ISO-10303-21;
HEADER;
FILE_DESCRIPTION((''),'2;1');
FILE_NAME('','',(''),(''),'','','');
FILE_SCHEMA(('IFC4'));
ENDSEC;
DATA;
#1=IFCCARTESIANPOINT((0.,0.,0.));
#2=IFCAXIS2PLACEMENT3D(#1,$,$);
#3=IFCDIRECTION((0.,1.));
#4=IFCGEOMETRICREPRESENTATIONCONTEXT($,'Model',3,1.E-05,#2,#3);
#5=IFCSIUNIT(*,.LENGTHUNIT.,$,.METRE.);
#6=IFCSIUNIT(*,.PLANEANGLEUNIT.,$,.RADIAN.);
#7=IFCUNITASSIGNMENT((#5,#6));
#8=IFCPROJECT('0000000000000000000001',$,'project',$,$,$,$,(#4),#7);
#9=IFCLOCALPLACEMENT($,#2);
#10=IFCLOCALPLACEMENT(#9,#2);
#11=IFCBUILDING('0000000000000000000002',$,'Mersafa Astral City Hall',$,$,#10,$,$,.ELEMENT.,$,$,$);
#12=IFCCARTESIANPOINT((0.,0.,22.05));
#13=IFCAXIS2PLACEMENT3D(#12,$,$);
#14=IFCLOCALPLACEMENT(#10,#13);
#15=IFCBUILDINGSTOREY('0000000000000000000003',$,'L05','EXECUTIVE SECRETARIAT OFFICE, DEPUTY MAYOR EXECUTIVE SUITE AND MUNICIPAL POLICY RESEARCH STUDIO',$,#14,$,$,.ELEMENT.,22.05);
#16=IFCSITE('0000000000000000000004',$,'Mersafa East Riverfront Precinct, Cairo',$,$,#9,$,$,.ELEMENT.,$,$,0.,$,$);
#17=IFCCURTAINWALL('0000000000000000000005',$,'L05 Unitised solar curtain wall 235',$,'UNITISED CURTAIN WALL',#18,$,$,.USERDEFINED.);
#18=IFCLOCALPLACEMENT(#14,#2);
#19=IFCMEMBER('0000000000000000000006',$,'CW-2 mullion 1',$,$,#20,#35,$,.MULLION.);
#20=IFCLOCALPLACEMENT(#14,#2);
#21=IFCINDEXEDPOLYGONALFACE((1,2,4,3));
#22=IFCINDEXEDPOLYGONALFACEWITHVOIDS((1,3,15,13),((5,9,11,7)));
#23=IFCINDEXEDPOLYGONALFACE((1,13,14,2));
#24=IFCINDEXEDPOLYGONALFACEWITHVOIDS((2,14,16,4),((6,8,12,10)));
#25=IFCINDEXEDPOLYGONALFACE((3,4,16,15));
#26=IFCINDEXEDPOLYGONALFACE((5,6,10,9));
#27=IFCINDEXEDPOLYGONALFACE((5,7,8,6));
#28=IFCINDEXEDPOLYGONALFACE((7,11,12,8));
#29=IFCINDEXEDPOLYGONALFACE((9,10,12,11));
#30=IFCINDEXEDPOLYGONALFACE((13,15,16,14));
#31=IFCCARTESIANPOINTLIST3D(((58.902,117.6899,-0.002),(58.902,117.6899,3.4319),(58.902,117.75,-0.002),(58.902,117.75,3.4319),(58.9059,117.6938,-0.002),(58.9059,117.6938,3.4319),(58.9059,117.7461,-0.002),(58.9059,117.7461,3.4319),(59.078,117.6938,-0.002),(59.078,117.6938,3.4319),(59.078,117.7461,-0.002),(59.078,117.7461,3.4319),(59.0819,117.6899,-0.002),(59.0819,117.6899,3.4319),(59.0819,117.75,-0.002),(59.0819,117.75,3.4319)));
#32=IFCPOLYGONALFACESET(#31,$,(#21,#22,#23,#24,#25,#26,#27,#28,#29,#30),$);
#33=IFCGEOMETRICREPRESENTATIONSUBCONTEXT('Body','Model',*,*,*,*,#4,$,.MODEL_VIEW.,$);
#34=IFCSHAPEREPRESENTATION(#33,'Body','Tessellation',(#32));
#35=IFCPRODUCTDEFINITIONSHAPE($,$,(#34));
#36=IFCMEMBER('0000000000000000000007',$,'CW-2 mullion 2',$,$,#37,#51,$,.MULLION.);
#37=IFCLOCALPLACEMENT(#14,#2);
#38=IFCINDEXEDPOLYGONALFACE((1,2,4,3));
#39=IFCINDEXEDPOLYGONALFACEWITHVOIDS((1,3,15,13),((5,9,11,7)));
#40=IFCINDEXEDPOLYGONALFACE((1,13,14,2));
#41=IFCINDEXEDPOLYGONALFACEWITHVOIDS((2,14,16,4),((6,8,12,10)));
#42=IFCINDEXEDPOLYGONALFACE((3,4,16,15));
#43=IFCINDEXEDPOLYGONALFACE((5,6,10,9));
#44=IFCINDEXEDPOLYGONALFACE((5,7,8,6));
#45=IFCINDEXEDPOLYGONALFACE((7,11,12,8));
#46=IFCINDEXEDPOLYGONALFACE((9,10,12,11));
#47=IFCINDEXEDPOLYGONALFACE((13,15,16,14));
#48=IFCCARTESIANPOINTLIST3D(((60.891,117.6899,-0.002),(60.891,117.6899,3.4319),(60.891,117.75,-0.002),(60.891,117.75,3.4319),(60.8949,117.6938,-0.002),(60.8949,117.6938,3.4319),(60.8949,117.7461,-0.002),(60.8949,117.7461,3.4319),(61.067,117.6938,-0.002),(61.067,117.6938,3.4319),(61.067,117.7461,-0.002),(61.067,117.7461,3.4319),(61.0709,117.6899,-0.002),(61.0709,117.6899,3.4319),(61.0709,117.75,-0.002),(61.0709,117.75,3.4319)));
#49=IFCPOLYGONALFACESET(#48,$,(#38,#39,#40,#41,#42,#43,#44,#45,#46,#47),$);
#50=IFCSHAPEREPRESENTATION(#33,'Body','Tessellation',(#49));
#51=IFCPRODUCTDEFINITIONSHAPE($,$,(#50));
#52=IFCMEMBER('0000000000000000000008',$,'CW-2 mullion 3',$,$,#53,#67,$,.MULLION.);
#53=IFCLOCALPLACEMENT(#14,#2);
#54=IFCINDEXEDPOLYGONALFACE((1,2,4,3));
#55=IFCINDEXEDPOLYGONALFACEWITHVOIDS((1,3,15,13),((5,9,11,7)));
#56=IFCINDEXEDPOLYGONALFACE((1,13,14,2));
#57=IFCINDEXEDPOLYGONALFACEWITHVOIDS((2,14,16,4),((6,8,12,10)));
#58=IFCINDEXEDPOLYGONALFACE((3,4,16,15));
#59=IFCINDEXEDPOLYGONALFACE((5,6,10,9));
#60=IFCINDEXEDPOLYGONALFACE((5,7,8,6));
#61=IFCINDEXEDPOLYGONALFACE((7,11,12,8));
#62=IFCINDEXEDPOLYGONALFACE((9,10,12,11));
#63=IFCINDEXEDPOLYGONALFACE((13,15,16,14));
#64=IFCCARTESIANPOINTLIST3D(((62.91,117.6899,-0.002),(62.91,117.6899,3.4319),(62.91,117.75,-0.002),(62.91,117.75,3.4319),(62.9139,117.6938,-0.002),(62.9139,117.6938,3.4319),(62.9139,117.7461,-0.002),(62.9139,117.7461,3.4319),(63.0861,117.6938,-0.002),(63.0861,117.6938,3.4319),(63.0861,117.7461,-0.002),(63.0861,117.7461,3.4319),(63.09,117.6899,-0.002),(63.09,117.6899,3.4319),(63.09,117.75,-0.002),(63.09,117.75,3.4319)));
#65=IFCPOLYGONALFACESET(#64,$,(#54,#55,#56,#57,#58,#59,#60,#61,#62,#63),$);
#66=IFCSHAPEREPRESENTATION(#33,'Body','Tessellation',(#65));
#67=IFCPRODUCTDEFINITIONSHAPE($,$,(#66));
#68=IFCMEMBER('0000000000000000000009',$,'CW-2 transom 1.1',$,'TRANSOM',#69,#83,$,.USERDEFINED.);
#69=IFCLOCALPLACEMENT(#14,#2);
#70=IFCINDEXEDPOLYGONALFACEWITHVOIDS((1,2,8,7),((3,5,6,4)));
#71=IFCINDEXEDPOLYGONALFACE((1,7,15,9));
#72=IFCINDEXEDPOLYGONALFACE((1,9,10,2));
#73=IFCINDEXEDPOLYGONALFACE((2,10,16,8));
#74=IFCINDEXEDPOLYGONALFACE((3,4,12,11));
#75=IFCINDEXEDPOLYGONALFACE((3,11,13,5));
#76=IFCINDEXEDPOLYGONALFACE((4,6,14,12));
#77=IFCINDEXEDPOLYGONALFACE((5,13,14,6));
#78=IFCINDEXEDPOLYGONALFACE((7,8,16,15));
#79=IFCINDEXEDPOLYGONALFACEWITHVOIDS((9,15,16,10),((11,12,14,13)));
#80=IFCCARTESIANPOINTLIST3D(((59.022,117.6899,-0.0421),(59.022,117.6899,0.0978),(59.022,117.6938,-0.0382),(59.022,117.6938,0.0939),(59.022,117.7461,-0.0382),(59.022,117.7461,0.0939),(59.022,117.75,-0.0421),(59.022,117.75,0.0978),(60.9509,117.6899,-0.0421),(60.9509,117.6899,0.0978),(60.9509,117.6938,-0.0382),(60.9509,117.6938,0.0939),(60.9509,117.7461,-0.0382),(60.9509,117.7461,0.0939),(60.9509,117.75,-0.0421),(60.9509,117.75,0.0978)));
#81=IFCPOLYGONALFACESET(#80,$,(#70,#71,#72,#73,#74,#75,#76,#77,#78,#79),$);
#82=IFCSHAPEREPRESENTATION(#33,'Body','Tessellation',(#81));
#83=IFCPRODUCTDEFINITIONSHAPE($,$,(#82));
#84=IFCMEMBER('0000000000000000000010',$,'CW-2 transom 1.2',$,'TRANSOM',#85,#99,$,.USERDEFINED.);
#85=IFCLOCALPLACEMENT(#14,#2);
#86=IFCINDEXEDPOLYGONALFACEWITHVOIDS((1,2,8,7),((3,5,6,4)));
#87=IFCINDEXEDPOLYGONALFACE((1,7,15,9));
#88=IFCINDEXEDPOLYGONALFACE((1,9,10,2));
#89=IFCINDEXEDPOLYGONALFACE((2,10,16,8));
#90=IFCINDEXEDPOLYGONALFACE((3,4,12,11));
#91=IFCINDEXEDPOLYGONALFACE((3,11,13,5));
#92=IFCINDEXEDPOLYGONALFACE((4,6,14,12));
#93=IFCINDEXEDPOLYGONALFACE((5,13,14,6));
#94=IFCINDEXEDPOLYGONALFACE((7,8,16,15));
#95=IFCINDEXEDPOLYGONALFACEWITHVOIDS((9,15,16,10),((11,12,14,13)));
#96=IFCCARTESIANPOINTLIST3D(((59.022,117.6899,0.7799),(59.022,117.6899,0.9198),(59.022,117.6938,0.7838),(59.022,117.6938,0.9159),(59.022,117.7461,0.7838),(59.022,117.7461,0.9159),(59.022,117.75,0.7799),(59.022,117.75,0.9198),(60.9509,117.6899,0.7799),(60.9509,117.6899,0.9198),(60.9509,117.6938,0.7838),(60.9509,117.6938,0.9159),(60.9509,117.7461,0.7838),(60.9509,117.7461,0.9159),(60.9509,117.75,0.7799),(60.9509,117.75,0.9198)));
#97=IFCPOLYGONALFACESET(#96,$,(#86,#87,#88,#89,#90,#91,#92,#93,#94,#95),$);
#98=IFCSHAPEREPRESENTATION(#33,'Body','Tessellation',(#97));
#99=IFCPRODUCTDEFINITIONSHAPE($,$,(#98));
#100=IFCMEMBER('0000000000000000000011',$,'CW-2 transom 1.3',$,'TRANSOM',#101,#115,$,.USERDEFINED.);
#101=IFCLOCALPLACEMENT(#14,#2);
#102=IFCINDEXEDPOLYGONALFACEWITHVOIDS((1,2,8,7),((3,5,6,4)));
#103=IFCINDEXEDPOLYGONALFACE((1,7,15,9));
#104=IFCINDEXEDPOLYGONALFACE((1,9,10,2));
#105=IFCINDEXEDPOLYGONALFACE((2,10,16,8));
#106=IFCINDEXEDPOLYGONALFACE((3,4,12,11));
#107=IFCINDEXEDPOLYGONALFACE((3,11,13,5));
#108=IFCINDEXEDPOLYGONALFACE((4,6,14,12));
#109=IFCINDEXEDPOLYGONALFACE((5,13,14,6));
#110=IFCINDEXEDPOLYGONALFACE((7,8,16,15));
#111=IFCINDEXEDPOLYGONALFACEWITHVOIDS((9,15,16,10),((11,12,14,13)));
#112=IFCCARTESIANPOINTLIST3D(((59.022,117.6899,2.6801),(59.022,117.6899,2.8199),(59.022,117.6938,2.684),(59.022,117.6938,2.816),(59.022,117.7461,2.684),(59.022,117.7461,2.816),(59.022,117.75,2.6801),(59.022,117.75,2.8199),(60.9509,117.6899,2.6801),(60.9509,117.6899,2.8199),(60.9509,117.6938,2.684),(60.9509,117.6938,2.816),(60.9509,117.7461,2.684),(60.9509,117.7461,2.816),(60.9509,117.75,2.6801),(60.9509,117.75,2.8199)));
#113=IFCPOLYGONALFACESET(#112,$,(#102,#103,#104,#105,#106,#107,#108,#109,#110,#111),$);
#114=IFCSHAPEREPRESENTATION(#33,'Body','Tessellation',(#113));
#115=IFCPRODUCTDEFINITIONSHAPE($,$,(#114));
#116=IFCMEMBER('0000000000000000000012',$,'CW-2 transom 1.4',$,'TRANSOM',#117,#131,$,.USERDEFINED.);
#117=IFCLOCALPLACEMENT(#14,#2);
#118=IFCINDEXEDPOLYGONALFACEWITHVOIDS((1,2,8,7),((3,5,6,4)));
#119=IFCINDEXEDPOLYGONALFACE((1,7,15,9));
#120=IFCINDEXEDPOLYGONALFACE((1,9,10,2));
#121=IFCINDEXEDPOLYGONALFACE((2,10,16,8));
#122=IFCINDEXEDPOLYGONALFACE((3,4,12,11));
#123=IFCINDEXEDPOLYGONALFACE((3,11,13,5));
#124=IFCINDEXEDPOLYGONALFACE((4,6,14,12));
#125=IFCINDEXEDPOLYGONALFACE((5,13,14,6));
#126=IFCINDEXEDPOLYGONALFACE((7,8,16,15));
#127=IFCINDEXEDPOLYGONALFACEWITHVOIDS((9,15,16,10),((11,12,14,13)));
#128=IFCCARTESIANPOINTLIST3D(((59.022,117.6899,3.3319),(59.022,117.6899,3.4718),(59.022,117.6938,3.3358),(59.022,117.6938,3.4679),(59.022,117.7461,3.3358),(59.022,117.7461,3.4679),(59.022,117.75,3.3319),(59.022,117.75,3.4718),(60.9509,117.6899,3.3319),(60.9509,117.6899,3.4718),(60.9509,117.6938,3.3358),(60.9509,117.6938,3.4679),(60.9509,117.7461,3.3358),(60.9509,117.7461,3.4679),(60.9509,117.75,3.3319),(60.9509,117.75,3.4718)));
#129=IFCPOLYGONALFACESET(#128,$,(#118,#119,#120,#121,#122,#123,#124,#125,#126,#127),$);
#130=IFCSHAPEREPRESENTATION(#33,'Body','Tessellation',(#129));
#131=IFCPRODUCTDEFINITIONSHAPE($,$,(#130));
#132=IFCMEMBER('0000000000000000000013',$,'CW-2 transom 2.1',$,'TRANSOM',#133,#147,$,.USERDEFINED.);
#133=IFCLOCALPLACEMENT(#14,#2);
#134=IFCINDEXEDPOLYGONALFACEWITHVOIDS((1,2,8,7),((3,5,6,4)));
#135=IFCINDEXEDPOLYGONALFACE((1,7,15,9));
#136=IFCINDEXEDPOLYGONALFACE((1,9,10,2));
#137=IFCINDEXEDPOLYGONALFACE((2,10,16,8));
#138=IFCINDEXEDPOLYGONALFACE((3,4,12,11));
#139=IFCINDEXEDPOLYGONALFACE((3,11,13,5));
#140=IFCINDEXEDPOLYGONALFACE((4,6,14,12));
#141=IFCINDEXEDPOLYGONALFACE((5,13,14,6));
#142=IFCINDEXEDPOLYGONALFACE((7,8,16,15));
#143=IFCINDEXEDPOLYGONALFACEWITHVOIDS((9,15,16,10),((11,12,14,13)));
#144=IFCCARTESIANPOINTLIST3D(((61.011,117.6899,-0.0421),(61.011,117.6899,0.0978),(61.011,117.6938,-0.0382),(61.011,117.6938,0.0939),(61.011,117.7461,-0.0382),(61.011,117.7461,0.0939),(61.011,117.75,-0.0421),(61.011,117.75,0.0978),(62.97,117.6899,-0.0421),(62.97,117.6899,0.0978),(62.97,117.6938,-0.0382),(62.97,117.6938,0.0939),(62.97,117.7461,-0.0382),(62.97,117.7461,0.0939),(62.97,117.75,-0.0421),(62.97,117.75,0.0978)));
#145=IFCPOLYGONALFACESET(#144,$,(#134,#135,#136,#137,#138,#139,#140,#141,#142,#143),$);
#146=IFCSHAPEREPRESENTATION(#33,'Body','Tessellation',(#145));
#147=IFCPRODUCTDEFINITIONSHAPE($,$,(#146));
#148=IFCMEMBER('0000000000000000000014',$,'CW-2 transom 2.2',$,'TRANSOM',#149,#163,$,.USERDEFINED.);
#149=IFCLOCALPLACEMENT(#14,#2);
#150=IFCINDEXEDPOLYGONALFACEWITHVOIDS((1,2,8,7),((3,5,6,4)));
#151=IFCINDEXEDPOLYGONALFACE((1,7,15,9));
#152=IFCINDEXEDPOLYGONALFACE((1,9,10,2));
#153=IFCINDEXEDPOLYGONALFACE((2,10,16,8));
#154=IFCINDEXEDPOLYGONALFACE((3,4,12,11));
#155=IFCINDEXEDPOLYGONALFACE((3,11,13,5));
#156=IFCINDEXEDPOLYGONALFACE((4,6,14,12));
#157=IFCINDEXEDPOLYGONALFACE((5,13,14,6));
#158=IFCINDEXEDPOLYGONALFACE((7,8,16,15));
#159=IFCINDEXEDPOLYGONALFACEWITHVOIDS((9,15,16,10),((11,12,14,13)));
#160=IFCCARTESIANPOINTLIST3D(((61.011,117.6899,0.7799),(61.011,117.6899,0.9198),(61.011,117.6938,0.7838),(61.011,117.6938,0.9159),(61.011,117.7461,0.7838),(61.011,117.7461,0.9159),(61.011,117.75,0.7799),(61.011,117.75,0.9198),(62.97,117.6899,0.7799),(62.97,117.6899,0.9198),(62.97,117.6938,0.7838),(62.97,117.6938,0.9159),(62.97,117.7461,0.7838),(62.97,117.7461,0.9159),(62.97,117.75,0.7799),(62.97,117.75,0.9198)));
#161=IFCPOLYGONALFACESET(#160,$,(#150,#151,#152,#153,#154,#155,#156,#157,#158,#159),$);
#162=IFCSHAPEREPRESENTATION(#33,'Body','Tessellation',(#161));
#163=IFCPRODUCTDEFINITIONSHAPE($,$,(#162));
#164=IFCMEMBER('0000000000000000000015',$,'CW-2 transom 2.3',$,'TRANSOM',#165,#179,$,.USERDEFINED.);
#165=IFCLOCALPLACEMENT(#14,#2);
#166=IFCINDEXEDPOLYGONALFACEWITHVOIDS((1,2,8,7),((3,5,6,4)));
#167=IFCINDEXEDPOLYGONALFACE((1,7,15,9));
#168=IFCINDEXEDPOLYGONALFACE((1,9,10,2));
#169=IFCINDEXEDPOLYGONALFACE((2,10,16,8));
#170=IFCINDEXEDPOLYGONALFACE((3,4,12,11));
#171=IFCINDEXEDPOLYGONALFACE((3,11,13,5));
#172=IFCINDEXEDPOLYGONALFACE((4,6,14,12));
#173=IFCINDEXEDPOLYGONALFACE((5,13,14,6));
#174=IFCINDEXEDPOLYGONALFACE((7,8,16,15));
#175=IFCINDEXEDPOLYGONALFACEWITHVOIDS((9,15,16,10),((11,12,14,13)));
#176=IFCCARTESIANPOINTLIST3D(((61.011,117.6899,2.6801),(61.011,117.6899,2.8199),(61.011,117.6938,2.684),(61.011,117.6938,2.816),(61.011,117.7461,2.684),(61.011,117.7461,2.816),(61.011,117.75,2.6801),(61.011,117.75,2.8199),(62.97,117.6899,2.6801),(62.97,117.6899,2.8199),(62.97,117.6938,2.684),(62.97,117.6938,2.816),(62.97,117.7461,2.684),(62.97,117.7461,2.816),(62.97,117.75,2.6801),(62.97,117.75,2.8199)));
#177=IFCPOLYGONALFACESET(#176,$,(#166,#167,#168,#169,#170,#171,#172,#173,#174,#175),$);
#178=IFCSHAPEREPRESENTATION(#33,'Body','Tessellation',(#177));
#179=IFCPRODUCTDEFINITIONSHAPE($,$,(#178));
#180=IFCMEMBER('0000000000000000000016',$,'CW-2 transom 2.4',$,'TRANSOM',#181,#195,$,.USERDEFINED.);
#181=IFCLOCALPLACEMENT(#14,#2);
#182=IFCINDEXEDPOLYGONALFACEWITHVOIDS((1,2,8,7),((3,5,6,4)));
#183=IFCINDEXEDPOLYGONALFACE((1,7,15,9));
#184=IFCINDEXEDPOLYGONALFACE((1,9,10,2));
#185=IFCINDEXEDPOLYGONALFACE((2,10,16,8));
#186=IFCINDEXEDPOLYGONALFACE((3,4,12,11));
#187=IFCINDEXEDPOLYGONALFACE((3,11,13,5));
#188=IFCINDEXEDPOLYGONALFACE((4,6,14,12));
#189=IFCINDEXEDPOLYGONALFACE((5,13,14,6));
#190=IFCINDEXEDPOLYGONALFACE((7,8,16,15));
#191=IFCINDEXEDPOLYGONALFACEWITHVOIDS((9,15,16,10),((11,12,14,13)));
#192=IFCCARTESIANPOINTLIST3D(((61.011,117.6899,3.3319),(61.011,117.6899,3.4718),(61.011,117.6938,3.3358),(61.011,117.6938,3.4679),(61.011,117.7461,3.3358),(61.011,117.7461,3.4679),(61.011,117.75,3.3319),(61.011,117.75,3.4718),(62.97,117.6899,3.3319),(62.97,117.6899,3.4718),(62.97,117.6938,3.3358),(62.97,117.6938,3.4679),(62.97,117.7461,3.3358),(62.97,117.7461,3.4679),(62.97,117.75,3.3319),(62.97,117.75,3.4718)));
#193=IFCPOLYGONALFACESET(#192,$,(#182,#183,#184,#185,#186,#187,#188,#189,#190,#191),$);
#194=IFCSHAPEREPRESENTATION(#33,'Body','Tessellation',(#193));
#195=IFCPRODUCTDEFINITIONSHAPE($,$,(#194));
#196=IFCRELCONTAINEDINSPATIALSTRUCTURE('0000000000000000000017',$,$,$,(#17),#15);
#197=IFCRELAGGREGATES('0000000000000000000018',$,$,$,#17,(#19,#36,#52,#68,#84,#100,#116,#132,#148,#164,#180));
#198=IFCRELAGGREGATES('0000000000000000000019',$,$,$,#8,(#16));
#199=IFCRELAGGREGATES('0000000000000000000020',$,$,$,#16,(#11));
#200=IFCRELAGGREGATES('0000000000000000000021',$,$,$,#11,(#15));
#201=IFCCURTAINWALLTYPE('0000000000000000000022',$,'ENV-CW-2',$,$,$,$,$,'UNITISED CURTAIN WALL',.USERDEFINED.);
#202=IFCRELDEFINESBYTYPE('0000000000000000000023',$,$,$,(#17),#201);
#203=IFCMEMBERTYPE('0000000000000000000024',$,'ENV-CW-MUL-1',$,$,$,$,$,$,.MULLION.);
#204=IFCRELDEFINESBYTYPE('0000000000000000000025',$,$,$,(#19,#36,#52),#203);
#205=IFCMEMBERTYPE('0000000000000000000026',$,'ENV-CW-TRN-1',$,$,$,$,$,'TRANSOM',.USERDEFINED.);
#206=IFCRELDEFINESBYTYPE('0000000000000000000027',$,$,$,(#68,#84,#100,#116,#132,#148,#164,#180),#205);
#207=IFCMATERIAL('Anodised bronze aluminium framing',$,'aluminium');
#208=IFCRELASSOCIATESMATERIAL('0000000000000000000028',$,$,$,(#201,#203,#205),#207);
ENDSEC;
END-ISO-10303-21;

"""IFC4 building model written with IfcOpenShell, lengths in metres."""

from ifc_helpers import new_model, si_unit, direction, frame, origin, origin_2d, place, context, subcontext, project, spatial, hollow_rectangle, extrude, material, material_profile, profile_set, type_object, element, aggregate, save


model = new_model("IFC4")

# Units and contexts
model_context = context("Model", 3, precision=1e-05, world=origin(), true_north=direction((0.0, 1.0)))
body_context = subcontext(model_context, "Body", "Model", "MODEL_VIEW")
ifc_project = project(units=[si_unit("LENGTHUNIT", "METRE"), si_unit("PLANEANGLEUNIT", "RADIAN")], contexts=[model_context])

# Site, building, storey
site_placement = place(None, origin())
site = spatial("IfcSite", under=ifc_project, at=site_placement, Name="Mersafa East Riverfront Precinct, Cairo", CompositionType="ELEMENT", RefElevation=0.0)
building_placement = place(site_placement, origin())
building = spatial("IfcBuilding", under=site, at=building_placement, Name="Mersafa Astral City Hall", CompositionType="ELEMENT")
storey_placement = place(building_placement, frame((0.0, 0.0, 22.05)))
storey = spatial("IfcBuildingStorey", under=building, at=storey_placement, Name="L05", Description="EXECUTIVE SECRETARIAT OFFICE, DEPUTY MAYOR EXECUTIVE SUITE AND MUNICIPAL POLICY RESEARCH STUDIO", CompositionType="ELEMENT", Elevation=22.05)

# Curtain wall, members
ifc_material_1 = material(Name="Anodised bronze aluminium framing", Category="aluminium")
curtain_wall_type = type_object("IfcCurtainWallType", Name="ENV-CW-2", ElementType="UNITISED CURTAIN WALL", PredefinedType="USERDEFINED", material=ifc_material_1)
curtain_wall_placement = place(storey_placement, origin())
curtain_wall = element("IfcCurtainWall", 1, at=curtain_wall_placement, inside=storey, type_object=curtain_wall_type, Name="L05 Unitised solar curtain wall 235", ObjectType="UNITISED CURTAIN WALL", PredefinedType="USERDEFINED")
ifc_material_profile_1 = material_profile(ifc_material_1, hollow_rectangle(XDim=0.0601, YDim=0.1799, WallThickness=0.0039, at=origin_2d()), Name="RHS 60x180x4")
ifc_profile_set_1 = profile_set([ifc_material_profile_1], Name="Anodised bronze aluminium framing")
member_type_1 = type_object("IfcMemberType", Name="ENV-CW-MUL-1", PredefinedType="MULLION", material=ifc_profile_set_1)
member_1_placement = place(storey_placement, frame((58.9919, 117.72, -0.002), z_axis=(0.0, 0.0, 1.0), x_axis=(0.0, 1.0, 0.0)))
member_1 = element("IfcMember", 2, at=member_1_placement, type_object=member_type_1, Name="CW-2 mullion 1", PredefinedType="MULLION", context=body_context, shape_type="SweptSolid", body=[
    extrude(hollow_rectangle(XDim=0.0601, YDim=0.1799, WallThickness=0.0039, at=origin_2d()), origin(), (0.0, 0.0, 1.0), 3.4338),
])
member_2_placement = place(storey_placement, frame((60.981, 117.72, -0.002), z_axis=(0.0, 0.0, 1.0), x_axis=(0.0, 1.0, 0.0)))
member_2 = element("IfcMember", 3, at=member_2_placement, type_object=member_type_1, Name="CW-2 mullion 2", PredefinedType="MULLION", context=body_context, shape_type="SweptSolid", body=[
    extrude(hollow_rectangle(XDim=0.0601, YDim=0.1799, WallThickness=0.0039, at=origin_2d()), origin(), (0.0, 0.0, 1.0), 3.4338),
])
member_3_placement = place(storey_placement, frame((63.0, 117.72, -0.002), z_axis=(0.0, 0.0, 1.0), x_axis=(0.0, 1.0, 0.0)))
member_3 = element("IfcMember", 4, at=member_3_placement, type_object=member_type_1, Name="CW-2 mullion 3", PredefinedType="MULLION", context=body_context, shape_type="SweptSolid", body=[
    extrude(hollow_rectangle(XDim=0.0601, YDim=0.1799, WallThickness=0.0039, at=origin_2d()), origin(), (0.0, 0.0, 1.0), 3.4338),
])
ifc_material_profile_2 = material_profile(ifc_material_1, hollow_rectangle(XDim=0.0601, YDim=0.1399, WallThickness=0.0039, at=origin_2d()), Name="RHS 60x140x4")
ifc_profile_set_2 = profile_set([ifc_material_profile_2], Name="Anodised bronze aluminium framing")
member_type_2 = type_object("IfcMemberType", Name="ENV-CW-TRN-1", ElementType="TRANSOM", PredefinedType="USERDEFINED", material=ifc_profile_set_2)
member_4_placement = place(storey_placement, frame((59.022, 117.72, 0.0278), z_axis=(1.0, 0.0, 0.0), x_axis=(0.0, 1.0, 0.0)))
member_4 = element("IfcMember", 5, at=member_4_placement, type_object=member_type_2, Name="CW-2 transom 1.1", ObjectType="TRANSOM", PredefinedType="USERDEFINED", context=body_context, shape_type="SweptSolid", body=[
    extrude(hollow_rectangle(XDim=0.0601, YDim=0.1399, WallThickness=0.0039, at=origin_2d()), origin(), (0.0, 0.0, 1.0), 1.929),
])
member_5_placement = place(storey_placement, frame((59.022, 117.72, 0.8499), z_axis=(1.0, 0.0, 0.0), x_axis=(0.0, 1.0, 0.0)))
member_5 = element("IfcMember", 6, at=member_5_placement, type_object=member_type_2, Name="CW-2 transom 1.2", ObjectType="TRANSOM", PredefinedType="USERDEFINED", context=body_context, shape_type="SweptSolid", body=[
    extrude(hollow_rectangle(XDim=0.0601, YDim=0.1399, WallThickness=0.0039, at=origin_2d()), origin(), (0.0, 0.0, 1.0), 1.929),
])
member_6_placement = place(storey_placement, frame((59.022, 117.72, 2.75), z_axis=(1.0, 0.0, 0.0), x_axis=(0.0, 1.0, 0.0)))
member_6 = element("IfcMember", 7, at=member_6_placement, type_object=member_type_2, Name="CW-2 transom 1.3", ObjectType="TRANSOM", PredefinedType="USERDEFINED", context=body_context, shape_type="SweptSolid", body=[
    extrude(hollow_rectangle(XDim=0.0601, YDim=0.1399, WallThickness=0.0039, at=origin_2d()), origin(), (0.0, 0.0, 1.0), 1.929),
])
member_7_placement = place(storey_placement, frame((59.022, 117.72, 3.4019), z_axis=(1.0, 0.0, 0.0), x_axis=(0.0, 1.0, 0.0)))
member_7 = element("IfcMember", 8, at=member_7_placement, type_object=member_type_2, Name="CW-2 transom 1.4", ObjectType="TRANSOM", PredefinedType="USERDEFINED", context=body_context, shape_type="SweptSolid", body=[
    extrude(hollow_rectangle(XDim=0.0601, YDim=0.1399, WallThickness=0.0039, at=origin_2d()), origin(), (0.0, 0.0, 1.0), 1.929),
])
member_8_placement = place(storey_placement, frame((61.011, 117.72, 0.0278), z_axis=(1.0, 0.0, 0.0), x_axis=(0.0, 1.0, 0.0)))
member_8 = element("IfcMember", 9, at=member_8_placement, type_object=member_type_2, Name="CW-2 transom 2.1", ObjectType="TRANSOM", PredefinedType="USERDEFINED", context=body_context, shape_type="SweptSolid", body=[
    extrude(hollow_rectangle(XDim=0.0601, YDim=0.1399, WallThickness=0.0039, at=origin_2d()), origin(), (0.0, 0.0, 1.0), 1.959),
])
member_9_placement = place(storey_placement, frame((61.011, 117.72, 0.8499), z_axis=(1.0, 0.0, 0.0), x_axis=(0.0, 1.0, 0.0)))
member_9 = element("IfcMember", 10, at=member_9_placement, type_object=member_type_2, Name="CW-2 transom 2.2", ObjectType="TRANSOM", PredefinedType="USERDEFINED", context=body_context, shape_type="SweptSolid", body=[
    extrude(hollow_rectangle(XDim=0.0601, YDim=0.1399, WallThickness=0.0039, at=origin_2d()), origin(), (0.0, 0.0, 1.0), 1.959),
])
member_10_placement = place(storey_placement, frame((61.011, 117.72, 2.75), z_axis=(1.0, 0.0, 0.0), x_axis=(0.0, 1.0, 0.0)))
member_10 = element("IfcMember", 11, at=member_10_placement, type_object=member_type_2, Name="CW-2 transom 2.3", ObjectType="TRANSOM", PredefinedType="USERDEFINED", context=body_context, shape_type="SweptSolid", body=[
    extrude(hollow_rectangle(XDim=0.0601, YDim=0.1399, WallThickness=0.0039, at=origin_2d()), origin(), (0.0, 0.0, 1.0), 1.959),
])
member_11_placement = place(storey_placement, frame((61.011, 117.72, 3.4019), z_axis=(1.0, 0.0, 0.0), x_axis=(0.0, 1.0, 0.0)))
member_11 = element("IfcMember", 12, at=member_11_placement, type_object=member_type_2, Name="CW-2 transom 2.4", ObjectType="TRANSOM", PredefinedType="USERDEFINED", context=body_context, shape_type="SweptSolid", body=[
    extrude(hollow_rectangle(XDim=0.0601, YDim=0.1399, WallThickness=0.0039, at=origin_2d()), origin(), (0.0, 0.0, 1.0), 1.959),
])

aggregate(curtain_wall, [member_1, member_2, member_3, member_4, member_5, member_6, member_7, member_8, member_9, member_10, member_11])

save(model, "model.ifc")
